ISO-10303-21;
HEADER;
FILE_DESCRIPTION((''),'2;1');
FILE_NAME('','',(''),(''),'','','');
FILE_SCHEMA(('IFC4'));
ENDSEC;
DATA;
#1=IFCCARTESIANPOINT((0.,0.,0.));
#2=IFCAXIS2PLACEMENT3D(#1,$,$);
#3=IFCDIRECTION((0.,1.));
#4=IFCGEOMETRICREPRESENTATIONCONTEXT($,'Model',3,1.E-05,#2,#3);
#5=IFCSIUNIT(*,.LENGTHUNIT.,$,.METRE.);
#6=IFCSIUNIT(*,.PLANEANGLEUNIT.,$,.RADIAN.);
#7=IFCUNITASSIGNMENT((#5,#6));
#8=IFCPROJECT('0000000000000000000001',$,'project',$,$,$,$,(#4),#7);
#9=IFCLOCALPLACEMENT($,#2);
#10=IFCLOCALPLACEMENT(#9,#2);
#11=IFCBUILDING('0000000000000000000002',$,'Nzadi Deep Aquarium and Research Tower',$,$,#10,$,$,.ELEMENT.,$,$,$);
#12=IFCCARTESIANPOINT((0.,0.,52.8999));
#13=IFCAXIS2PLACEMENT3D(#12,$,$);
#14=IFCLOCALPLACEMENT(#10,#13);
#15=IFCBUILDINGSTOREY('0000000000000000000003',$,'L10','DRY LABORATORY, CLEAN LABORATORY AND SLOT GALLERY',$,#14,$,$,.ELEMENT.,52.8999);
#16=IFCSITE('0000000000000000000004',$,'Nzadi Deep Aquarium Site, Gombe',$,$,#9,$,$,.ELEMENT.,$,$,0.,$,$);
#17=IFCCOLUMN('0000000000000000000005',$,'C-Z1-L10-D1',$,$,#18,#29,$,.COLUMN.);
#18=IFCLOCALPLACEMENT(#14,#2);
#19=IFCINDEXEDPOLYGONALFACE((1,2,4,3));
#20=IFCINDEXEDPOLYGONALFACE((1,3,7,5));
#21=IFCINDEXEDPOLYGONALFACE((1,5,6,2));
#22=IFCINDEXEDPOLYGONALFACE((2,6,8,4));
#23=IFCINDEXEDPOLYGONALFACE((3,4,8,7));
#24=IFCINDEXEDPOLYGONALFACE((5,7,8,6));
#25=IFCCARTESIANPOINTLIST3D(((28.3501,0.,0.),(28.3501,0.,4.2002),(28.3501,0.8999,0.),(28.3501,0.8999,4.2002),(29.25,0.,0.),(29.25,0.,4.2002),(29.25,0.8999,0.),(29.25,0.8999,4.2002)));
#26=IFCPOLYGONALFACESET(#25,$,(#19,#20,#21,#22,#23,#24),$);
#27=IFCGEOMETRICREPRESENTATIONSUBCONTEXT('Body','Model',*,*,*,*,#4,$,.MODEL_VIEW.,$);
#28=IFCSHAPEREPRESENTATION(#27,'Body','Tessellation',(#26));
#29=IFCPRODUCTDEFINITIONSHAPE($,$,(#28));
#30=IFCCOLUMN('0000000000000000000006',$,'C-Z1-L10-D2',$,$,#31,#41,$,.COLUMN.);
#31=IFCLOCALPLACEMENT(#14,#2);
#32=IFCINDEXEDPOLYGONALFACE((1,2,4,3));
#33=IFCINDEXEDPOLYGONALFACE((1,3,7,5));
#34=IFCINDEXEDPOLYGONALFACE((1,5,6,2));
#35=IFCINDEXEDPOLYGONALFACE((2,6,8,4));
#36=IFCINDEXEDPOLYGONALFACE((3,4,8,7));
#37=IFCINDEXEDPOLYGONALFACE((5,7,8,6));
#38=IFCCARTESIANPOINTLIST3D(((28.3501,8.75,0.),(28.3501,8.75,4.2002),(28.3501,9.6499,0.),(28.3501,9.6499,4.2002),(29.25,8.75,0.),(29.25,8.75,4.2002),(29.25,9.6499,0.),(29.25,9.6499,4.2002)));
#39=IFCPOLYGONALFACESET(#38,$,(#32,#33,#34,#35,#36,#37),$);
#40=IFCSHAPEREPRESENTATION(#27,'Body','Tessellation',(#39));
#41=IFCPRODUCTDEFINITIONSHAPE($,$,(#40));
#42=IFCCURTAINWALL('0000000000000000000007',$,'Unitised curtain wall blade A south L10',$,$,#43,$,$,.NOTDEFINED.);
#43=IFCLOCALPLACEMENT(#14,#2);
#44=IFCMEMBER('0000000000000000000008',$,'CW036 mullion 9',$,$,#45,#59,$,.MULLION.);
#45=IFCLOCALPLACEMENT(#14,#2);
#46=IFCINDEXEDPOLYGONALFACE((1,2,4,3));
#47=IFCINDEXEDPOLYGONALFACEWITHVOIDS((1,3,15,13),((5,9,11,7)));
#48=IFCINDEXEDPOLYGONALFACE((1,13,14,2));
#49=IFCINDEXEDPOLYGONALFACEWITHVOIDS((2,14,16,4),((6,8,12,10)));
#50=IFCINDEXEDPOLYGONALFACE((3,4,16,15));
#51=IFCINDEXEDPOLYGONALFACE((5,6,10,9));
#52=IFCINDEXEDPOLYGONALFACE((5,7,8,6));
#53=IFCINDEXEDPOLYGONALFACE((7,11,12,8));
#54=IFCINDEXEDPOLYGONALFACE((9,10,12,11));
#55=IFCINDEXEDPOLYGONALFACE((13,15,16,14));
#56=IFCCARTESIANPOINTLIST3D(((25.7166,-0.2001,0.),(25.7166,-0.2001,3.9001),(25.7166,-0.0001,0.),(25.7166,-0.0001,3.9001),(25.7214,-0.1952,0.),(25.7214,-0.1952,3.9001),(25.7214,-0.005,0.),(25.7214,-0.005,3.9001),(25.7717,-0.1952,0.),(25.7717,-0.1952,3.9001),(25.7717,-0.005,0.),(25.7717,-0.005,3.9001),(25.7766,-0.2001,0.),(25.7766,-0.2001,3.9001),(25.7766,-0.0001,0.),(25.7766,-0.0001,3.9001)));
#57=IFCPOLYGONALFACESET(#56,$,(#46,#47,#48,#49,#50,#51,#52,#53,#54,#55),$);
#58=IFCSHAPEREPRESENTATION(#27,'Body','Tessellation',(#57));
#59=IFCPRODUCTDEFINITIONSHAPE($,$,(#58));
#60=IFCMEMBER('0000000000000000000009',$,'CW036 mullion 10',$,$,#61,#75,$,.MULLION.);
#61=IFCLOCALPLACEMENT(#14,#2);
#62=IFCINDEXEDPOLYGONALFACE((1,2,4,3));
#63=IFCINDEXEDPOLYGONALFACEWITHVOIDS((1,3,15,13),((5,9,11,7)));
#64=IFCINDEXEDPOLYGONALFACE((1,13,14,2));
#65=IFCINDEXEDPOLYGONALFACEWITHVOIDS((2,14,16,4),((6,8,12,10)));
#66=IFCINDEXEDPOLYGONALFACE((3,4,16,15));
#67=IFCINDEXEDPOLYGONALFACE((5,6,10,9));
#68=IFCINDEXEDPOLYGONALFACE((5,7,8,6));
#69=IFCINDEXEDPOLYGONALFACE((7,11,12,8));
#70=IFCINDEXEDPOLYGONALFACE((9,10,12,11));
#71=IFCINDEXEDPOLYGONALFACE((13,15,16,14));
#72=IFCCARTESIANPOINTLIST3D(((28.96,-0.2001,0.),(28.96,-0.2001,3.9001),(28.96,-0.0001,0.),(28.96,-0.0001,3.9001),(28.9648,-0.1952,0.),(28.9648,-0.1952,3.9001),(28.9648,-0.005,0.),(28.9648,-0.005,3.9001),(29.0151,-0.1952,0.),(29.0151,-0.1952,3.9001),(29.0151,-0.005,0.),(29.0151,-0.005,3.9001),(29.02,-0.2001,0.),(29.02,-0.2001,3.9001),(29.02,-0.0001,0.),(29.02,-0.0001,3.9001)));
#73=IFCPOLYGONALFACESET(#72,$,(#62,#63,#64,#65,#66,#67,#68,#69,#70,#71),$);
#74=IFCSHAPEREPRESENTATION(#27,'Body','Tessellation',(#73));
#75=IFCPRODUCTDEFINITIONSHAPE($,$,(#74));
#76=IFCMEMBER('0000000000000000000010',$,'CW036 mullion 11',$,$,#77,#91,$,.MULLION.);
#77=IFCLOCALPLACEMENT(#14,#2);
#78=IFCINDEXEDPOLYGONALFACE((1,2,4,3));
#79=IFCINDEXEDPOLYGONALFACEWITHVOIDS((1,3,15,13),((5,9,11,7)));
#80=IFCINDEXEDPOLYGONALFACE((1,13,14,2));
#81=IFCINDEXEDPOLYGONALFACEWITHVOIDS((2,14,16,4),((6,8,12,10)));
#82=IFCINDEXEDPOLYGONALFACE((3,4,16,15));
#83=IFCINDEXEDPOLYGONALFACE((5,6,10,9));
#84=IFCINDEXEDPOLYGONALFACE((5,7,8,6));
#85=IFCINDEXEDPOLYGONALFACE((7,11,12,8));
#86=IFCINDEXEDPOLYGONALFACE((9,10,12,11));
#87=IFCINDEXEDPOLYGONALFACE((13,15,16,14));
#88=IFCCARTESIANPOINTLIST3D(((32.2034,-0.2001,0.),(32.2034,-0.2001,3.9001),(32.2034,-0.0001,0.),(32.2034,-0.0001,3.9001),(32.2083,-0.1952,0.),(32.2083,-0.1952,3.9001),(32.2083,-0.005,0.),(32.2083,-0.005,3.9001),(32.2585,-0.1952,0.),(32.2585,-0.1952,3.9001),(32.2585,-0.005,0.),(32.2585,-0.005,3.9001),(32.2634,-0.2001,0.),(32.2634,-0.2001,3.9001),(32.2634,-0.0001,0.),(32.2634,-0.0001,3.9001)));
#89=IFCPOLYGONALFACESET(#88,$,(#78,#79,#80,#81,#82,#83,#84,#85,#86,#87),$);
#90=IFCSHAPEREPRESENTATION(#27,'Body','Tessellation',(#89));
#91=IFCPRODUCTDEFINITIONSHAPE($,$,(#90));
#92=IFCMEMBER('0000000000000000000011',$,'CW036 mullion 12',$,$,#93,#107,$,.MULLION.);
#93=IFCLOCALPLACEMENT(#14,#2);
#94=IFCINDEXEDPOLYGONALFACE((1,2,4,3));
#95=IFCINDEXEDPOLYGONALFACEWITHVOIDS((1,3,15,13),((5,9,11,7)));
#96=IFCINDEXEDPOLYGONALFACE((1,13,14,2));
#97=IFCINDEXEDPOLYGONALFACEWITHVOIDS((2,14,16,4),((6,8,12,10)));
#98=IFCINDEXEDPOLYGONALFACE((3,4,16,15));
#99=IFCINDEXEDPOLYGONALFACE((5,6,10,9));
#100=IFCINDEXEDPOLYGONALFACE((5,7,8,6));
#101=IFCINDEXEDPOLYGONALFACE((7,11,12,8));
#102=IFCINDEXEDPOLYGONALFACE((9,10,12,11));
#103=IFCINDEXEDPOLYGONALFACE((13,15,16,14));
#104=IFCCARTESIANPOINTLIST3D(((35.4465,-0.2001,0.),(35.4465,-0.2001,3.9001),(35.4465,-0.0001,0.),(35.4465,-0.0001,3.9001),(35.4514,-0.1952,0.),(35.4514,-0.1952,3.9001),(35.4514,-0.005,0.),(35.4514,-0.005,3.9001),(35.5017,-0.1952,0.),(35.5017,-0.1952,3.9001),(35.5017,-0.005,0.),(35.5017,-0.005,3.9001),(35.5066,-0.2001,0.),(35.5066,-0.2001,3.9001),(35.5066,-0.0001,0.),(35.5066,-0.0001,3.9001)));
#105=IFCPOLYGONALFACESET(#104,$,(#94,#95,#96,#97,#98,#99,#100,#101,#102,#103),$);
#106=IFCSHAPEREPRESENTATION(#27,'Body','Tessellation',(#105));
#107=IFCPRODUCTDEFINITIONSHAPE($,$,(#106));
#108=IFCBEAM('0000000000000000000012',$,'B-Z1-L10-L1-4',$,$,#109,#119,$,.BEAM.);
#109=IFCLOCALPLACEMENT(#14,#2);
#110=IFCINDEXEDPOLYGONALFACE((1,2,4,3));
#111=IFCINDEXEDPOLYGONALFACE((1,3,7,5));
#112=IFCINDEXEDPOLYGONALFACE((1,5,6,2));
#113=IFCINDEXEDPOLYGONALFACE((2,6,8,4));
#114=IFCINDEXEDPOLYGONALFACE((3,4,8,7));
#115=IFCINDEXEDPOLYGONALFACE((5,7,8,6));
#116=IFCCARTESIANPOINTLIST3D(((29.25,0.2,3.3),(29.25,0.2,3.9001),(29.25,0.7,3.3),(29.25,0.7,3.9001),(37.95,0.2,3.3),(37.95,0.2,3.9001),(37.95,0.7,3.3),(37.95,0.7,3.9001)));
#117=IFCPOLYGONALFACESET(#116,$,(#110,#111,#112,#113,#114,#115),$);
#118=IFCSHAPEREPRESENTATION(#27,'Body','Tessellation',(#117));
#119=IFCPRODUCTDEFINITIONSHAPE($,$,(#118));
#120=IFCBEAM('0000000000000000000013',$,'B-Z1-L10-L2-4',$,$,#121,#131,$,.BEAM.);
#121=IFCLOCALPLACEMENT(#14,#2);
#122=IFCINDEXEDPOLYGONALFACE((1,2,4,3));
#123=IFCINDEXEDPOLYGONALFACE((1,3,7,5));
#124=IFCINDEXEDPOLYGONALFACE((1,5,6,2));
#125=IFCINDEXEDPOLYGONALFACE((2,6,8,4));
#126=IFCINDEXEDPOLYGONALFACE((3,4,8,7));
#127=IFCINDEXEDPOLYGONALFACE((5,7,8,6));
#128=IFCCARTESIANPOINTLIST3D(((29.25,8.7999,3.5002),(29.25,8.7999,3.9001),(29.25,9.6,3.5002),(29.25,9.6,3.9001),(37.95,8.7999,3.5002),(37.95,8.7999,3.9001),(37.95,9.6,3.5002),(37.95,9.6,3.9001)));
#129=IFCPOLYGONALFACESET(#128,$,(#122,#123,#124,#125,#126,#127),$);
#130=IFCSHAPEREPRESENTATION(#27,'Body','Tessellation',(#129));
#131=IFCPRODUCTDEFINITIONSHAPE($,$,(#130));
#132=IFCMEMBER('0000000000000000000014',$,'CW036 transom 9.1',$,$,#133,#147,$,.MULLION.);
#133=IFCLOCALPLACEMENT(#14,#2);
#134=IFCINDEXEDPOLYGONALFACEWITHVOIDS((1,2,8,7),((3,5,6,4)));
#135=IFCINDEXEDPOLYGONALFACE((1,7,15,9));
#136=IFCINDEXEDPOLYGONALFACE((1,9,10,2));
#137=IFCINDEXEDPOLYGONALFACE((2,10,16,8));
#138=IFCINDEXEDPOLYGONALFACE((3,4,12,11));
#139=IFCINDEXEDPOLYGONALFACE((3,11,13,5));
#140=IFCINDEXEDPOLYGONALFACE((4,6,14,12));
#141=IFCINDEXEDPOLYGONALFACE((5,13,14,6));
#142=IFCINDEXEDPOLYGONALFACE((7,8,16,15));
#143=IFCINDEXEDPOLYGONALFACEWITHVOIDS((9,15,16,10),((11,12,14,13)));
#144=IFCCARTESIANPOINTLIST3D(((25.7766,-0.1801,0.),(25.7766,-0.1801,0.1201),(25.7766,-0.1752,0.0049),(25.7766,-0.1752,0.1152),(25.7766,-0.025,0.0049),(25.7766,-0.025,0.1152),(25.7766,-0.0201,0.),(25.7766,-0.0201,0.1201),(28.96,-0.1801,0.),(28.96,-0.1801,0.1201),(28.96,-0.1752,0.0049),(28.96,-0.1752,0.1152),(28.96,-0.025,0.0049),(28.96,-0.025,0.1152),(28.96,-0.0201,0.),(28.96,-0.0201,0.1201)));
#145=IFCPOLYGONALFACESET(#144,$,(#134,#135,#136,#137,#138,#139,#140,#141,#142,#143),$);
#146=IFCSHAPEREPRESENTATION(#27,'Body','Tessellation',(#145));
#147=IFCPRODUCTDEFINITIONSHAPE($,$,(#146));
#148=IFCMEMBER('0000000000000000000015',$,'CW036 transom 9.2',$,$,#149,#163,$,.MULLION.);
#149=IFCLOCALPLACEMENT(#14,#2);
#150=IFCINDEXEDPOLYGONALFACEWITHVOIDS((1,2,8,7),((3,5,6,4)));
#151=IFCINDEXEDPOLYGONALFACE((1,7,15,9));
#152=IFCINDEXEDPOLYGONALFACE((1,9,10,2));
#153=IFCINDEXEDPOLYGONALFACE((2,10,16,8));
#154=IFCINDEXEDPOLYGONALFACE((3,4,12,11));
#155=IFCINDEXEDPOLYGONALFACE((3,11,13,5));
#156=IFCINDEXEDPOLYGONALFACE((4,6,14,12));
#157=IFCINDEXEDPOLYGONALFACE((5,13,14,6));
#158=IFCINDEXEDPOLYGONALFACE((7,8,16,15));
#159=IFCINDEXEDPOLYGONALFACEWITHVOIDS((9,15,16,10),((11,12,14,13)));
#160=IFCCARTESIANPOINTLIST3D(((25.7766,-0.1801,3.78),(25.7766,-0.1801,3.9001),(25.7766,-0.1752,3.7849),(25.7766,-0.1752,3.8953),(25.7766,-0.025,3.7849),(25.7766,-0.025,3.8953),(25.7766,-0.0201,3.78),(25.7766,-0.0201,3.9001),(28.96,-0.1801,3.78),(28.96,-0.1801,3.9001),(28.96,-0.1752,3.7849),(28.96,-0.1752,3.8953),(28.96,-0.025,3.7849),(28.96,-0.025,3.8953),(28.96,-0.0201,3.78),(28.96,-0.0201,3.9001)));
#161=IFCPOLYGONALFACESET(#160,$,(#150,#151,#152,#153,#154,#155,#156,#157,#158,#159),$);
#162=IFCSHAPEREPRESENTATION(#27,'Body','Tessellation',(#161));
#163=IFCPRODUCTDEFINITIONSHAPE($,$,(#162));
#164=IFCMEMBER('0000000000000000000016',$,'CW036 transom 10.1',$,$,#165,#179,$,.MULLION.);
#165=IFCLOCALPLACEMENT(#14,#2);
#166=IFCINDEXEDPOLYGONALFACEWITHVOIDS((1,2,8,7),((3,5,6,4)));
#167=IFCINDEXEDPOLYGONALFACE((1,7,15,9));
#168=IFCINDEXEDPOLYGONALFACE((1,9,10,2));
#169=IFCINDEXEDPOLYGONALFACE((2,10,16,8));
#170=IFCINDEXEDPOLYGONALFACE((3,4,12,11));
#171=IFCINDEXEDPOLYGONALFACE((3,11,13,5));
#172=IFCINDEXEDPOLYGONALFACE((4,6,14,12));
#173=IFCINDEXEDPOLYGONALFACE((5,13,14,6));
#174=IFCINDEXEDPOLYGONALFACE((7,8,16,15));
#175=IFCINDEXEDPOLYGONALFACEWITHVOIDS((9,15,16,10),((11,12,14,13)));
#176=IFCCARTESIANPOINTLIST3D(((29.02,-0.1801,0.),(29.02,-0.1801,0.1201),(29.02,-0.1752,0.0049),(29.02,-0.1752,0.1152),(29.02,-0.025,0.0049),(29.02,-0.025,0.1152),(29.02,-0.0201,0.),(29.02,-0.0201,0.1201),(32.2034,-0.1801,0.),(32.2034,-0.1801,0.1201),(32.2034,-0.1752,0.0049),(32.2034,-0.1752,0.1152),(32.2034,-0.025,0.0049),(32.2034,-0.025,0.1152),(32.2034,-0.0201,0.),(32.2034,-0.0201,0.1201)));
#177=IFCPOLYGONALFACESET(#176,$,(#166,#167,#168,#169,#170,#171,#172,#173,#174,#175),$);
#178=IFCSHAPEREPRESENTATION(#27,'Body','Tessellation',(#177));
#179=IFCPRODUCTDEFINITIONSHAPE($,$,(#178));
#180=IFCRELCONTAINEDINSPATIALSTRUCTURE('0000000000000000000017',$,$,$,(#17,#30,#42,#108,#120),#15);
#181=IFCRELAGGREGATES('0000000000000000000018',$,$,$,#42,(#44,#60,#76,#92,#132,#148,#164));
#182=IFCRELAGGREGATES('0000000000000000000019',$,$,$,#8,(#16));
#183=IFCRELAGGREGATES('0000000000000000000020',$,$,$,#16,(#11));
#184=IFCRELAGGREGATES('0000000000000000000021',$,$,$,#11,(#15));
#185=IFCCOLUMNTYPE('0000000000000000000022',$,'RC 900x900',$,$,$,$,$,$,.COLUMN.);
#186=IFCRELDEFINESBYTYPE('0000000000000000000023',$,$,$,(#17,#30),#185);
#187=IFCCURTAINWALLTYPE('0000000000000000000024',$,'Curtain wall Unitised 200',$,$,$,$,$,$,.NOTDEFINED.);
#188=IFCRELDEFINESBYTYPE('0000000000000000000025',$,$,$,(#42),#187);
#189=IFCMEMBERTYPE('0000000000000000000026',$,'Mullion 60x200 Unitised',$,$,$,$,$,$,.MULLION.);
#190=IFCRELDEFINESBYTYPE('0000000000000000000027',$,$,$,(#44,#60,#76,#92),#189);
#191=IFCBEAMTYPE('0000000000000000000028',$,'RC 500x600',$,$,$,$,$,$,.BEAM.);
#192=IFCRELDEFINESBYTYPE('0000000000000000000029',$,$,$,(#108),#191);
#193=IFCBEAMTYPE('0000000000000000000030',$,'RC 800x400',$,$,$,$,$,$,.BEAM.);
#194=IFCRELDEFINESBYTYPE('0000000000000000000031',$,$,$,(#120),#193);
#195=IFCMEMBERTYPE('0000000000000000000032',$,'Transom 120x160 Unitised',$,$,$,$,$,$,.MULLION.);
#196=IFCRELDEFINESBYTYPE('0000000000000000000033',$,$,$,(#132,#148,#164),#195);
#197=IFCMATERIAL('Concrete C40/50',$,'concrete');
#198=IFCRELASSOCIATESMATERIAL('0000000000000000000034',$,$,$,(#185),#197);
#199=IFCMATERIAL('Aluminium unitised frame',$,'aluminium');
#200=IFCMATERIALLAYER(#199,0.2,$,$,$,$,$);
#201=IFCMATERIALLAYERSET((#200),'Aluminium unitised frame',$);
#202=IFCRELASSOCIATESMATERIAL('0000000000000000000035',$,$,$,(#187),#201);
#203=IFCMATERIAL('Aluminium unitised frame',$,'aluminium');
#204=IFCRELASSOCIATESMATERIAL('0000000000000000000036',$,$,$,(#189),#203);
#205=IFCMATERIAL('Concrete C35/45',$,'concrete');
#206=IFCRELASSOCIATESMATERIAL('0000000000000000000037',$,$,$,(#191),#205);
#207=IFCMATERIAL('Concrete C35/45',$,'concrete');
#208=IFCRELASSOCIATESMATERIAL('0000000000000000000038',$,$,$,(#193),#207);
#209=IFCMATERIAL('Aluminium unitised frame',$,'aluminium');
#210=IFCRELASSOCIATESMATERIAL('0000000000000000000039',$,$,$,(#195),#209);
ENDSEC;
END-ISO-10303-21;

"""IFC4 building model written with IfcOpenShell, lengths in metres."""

from ifc_helpers import new_model, si_unit, direction, frame, origin, origin_2d, place, context, subcontext, project, spatial, rectangle, hollow_rectangle, extrude, material, layer, layer_set, material_profile, profile_set, type_object, element, aggregate, save


model = new_model("IFC4")

# Units and contexts
model_context = context("Model", 3, precision=1e-05, world=origin(), true_north=direction((0.0, 1.0)))
body_context = subcontext(model_context, "Body", "Model", "MODEL_VIEW")
ifc_project = project(units=[si_unit("LENGTHUNIT", "METRE"), si_unit("PLANEANGLEUNIT", "RADIAN")], contexts=[model_context])

# Site, building, storey
site_placement = place(None, origin())
site = spatial("IfcSite", under=ifc_project, at=site_placement, Name="Nzadi Deep Aquarium Site, Gombe", CompositionType="ELEMENT", RefElevation=0.0)
building_placement = place(site_placement, origin())
building = spatial("IfcBuilding", under=site, at=building_placement, Name="Nzadi Deep Aquarium and Research Tower", CompositionType="ELEMENT")
storey_placement = place(building_placement, frame((0.0, 0.0, 52.8999)))
storey = spatial("IfcBuildingStorey", under=building, at=storey_placement, Name="L10", Description="DRY LABORATORY, CLEAN LABORATORY AND SLOT GALLERY", CompositionType="ELEMENT", Elevation=52.8999)

# Columns
ifc_material_1 = material(Name="Concrete C40/50", Category="concrete")
ifc_material_profile_1 = material_profile(ifc_material_1, rectangle(XDim=0.8999, YDim=0.8999, at=origin_2d()))
ifc_profile_set_1 = profile_set([ifc_material_profile_1], Name="Concrete C40/50")
column_type = type_object("IfcColumnType", Name="RC 900x900", PredefinedType="COLUMN", material=ifc_profile_set_1)
for number, where, z_axis, x_axis, name in (
    (1, (28.8, 0.45, 0.0), (0.0, 0.0, 1.0), (1.0, 0.0, 0.0), "C-Z1-L10-D1"),
    (2, (28.8, 9.2, 0.0), (0.0, 0.0, 1.0), (1.0, 0.0, 0.0), "C-Z1-L10-D2"),
):
    element("IfcColumn", number, at=place(storey_placement, frame(where, z_axis=z_axis, x_axis=x_axis)), inside=storey, type_object=column_type, Name=name, PredefinedType="COLUMN", context=body_context, shape_type="SweptSolid", body=[
        extrude(rectangle(XDim=0.8999, YDim=0.8999, at=origin_2d()), origin(), (0.0, 0.0, 1.0), 4.2002),
    ])

# Curtain wall, members
ifc_material_2 = material(Name="Aluminium unitised frame", Category="aluminium")
ifc_layer_1 = layer(ifc_material_2, 0.2)
ifc_layer_set_1 = layer_set([ifc_layer_1], Name="Aluminium unitised frame")
curtain_wall_type = type_object("IfcCurtainWallType", Name="Curtain wall Unitised 200", PredefinedType="NOTDEFINED", material=ifc_layer_set_1)
curtain_wall_placement = place(storey_placement, origin())
curtain_wall = element("IfcCurtainWall", 3, at=curtain_wall_placement, inside=storey, type_object=curtain_wall_type, Name="Unitised curtain wall blade A south L10", PredefinedType="NOTDEFINED")
ifc_material_3 = material(Name="Aluminium unitised frame", Category="aluminium")
ifc_material_profile_2 = material_profile(ifc_material_3, hollow_rectangle(XDim=0.2, YDim=0.0601, WallThickness=0.0049, at=origin_2d()))
ifc_profile_set_2 = profile_set([ifc_material_profile_2], Name="Aluminium unitised frame")
member_type_1 = type_object("IfcMemberType", Name="Mullion 60x200 Unitised", PredefinedType="MULLION", material=ifc_profile_set_2)
member_1_placement = place(storey_placement, frame((25.7466, -0.1001, 0.0), z_axis=(0.0, 0.0, 1.0), x_axis=(0.0, 1.0, 0.0)))
member_1 = element("IfcMember", 4, at=member_1_placement, type_object=member_type_1, Name="CW036 mullion 9", PredefinedType="MULLION", context=body_context, shape_type="SweptSolid", body=[
    extrude(hollow_rectangle(XDim=0.2, YDim=0.0601, WallThickness=0.0049, at=origin_2d()), origin(), (0.0, 0.0, 1.0), 3.9001),
])
member_2_placement = place(storey_placement, frame((28.99, -0.1001, 0.0), z_axis=(0.0, 0.0, 1.0), x_axis=(0.0, 1.0, 0.0)))
member_2 = element("IfcMember", 5, at=member_2_placement, type_object=member_type_1, Name="CW036 mullion 10", PredefinedType="MULLION", context=body_context, shape_type="SweptSolid", body=[
    extrude(hollow_rectangle(XDim=0.2, YDim=0.0601, WallThickness=0.0049, at=origin_2d()), origin(), (0.0, 0.0, 1.0), 3.9001),
])
member_3_placement = place(storey_placement, frame((32.2334, -0.1001, 0.0), z_axis=(0.0, 0.0, 1.0), x_axis=(0.0, 1.0, 0.0)))
member_3 = element("IfcMember", 6, at=member_3_placement, type_object=member_type_1, Name="CW036 mullion 11", PredefinedType="MULLION", context=body_context, shape_type="SweptSolid", body=[
    extrude(hollow_rectangle(XDim=0.2, YDim=0.0601, WallThickness=0.0049, at=origin_2d()), origin(), (0.0, 0.0, 1.0), 3.9001),
])
member_4_placement = place(storey_placement, frame((35.4766, -0.1001, 0.0), z_axis=(0.0, 0.0, 1.0), x_axis=(0.0, 1.0, 0.0)))
member_4 = element("IfcMember", 7, at=member_4_placement, type_object=member_type_1, Name="CW036 mullion 12", PredefinedType="MULLION", context=body_context, shape_type="SweptSolid", body=[
    extrude(hollow_rectangle(XDim=0.2, YDim=0.0601, WallThickness=0.0049, at=origin_2d()), origin(), (0.0, 0.0, 1.0), 3.9001),
])

# Beams
ifc_material_4 = material(Name="Concrete C35/45", Category="concrete")
ifc_material_profile_3 = material_profile(ifc_material_4, rectangle(XDim=0.5, YDim=0.6001, at=origin_2d()))
ifc_profile_set_3 = profile_set([ifc_material_profile_3], Name="Concrete C35/45")
beam_type_1 = type_object("IfcBeamType", Name="RC 500x600", PredefinedType="BEAM", material=ifc_profile_set_3)
beam_1_placement = place(storey_placement, frame((29.25, 0.45, 3.6001), z_axis=(1.0, 0.0, 0.0), x_axis=(0.0, 1.0, 0.0)))
element("IfcBeam", 8, at=beam_1_placement, inside=storey, type_object=beam_type_1, Name="B-Z1-L10-L1-4", PredefinedType="BEAM", context=body_context, shape_type="SweptSolid", body=[
    extrude(rectangle(XDim=0.5, YDim=0.6001, at=origin_2d()), origin(), (0.0, 0.0, 1.0), 8.7),
])
ifc_material_5 = material(Name="Concrete C35/45", Category="concrete")
ifc_material_profile_4 = material_profile(ifc_material_5, rectangle(XDim=0.8, YDim=0.3999, at=origin_2d()))
ifc_profile_set_4 = profile_set([ifc_material_profile_4], Name="Concrete C35/45")
beam_type_2 = type_object("IfcBeamType", Name="RC 800x400", PredefinedType="BEAM", material=ifc_profile_set_4)
beam_2_placement = place(storey_placement, frame((29.25, 9.2, 3.7002), z_axis=(1.0, 0.0, 0.0), x_axis=(0.0, 1.0, 0.0)))
element("IfcBeam", 9, at=beam_2_placement, inside=storey, type_object=beam_type_2, Name="B-Z1-L10-L2-4", PredefinedType="BEAM", context=body_context, shape_type="SweptSolid", body=[
    extrude(rectangle(XDim=0.8, YDim=0.3999, at=origin_2d()), origin(), (0.0, 0.0, 1.0), 8.7),
])

# Members
ifc_material_6 = material(Name="Aluminium unitised frame", Category="aluminium")
ifc_material_profile_5 = material_profile(ifc_material_6, hollow_rectangle(XDim=0.1599, YDim=0.1201, WallThickness=0.0049, at=origin_2d()))
ifc_profile_set_5 = profile_set([ifc_material_profile_5], Name="Aluminium unitised frame")
member_type_2 = type_object("IfcMemberType", Name="Transom 120x160 Unitised", PredefinedType="MULLION", material=ifc_profile_set_5)
member_5_placement = place(storey_placement, frame((25.7766, -0.1001, 0.0601), z_axis=(1.0, 0.0, 0.0), x_axis=(0.0, 1.0, 0.0)))
member_5 = element("IfcMember", 10, at=member_5_placement, type_object=member_type_2, Name="CW036 transom 9.1", PredefinedType="MULLION", context=body_context, shape_type="SweptSolid", body=[
    extrude(hollow_rectangle(XDim=0.1599, YDim=0.1201, WallThickness=0.0049, at=origin_2d()), origin(), (0.0, 0.0, 1.0), 3.1833),
])
member_6_placement = place(storey_placement, frame((25.7766, -0.1001, 3.8401), z_axis=(1.0, 0.0, 0.0), x_axis=(0.0, 1.0, 0.0)))
member_6 = element("IfcMember", 11, at=member_6_placement, type_object=member_type_2, Name="CW036 transom 9.2", PredefinedType="MULLION", context=body_context, shape_type="SweptSolid", body=[
    extrude(hollow_rectangle(XDim=0.1599, YDim=0.1201, WallThickness=0.0049, at=origin_2d()), origin(), (0.0, 0.0, 1.0), 3.1833),
])
member_7_placement = place(storey_placement, frame((29.02, -0.1001, 0.0601), z_axis=(1.0, 0.0, 0.0), x_axis=(0.0, 1.0, 0.0)))
member_7 = element("IfcMember", 12, at=member_7_placement, type_object=member_type_2, Name="CW036 transom 10.1", PredefinedType="MULLION", context=body_context, shape_type="SweptSolid", body=[
    extrude(hollow_rectangle(XDim=0.1599, YDim=0.1201, WallThickness=0.0049, at=origin_2d()), origin(), (0.0, 0.0, 1.0), 3.1833),
])

aggregate(curtain_wall, [member_1, member_2, member_3, member_4, member_5, member_6, member_7])

save(model, "model.ifc")
